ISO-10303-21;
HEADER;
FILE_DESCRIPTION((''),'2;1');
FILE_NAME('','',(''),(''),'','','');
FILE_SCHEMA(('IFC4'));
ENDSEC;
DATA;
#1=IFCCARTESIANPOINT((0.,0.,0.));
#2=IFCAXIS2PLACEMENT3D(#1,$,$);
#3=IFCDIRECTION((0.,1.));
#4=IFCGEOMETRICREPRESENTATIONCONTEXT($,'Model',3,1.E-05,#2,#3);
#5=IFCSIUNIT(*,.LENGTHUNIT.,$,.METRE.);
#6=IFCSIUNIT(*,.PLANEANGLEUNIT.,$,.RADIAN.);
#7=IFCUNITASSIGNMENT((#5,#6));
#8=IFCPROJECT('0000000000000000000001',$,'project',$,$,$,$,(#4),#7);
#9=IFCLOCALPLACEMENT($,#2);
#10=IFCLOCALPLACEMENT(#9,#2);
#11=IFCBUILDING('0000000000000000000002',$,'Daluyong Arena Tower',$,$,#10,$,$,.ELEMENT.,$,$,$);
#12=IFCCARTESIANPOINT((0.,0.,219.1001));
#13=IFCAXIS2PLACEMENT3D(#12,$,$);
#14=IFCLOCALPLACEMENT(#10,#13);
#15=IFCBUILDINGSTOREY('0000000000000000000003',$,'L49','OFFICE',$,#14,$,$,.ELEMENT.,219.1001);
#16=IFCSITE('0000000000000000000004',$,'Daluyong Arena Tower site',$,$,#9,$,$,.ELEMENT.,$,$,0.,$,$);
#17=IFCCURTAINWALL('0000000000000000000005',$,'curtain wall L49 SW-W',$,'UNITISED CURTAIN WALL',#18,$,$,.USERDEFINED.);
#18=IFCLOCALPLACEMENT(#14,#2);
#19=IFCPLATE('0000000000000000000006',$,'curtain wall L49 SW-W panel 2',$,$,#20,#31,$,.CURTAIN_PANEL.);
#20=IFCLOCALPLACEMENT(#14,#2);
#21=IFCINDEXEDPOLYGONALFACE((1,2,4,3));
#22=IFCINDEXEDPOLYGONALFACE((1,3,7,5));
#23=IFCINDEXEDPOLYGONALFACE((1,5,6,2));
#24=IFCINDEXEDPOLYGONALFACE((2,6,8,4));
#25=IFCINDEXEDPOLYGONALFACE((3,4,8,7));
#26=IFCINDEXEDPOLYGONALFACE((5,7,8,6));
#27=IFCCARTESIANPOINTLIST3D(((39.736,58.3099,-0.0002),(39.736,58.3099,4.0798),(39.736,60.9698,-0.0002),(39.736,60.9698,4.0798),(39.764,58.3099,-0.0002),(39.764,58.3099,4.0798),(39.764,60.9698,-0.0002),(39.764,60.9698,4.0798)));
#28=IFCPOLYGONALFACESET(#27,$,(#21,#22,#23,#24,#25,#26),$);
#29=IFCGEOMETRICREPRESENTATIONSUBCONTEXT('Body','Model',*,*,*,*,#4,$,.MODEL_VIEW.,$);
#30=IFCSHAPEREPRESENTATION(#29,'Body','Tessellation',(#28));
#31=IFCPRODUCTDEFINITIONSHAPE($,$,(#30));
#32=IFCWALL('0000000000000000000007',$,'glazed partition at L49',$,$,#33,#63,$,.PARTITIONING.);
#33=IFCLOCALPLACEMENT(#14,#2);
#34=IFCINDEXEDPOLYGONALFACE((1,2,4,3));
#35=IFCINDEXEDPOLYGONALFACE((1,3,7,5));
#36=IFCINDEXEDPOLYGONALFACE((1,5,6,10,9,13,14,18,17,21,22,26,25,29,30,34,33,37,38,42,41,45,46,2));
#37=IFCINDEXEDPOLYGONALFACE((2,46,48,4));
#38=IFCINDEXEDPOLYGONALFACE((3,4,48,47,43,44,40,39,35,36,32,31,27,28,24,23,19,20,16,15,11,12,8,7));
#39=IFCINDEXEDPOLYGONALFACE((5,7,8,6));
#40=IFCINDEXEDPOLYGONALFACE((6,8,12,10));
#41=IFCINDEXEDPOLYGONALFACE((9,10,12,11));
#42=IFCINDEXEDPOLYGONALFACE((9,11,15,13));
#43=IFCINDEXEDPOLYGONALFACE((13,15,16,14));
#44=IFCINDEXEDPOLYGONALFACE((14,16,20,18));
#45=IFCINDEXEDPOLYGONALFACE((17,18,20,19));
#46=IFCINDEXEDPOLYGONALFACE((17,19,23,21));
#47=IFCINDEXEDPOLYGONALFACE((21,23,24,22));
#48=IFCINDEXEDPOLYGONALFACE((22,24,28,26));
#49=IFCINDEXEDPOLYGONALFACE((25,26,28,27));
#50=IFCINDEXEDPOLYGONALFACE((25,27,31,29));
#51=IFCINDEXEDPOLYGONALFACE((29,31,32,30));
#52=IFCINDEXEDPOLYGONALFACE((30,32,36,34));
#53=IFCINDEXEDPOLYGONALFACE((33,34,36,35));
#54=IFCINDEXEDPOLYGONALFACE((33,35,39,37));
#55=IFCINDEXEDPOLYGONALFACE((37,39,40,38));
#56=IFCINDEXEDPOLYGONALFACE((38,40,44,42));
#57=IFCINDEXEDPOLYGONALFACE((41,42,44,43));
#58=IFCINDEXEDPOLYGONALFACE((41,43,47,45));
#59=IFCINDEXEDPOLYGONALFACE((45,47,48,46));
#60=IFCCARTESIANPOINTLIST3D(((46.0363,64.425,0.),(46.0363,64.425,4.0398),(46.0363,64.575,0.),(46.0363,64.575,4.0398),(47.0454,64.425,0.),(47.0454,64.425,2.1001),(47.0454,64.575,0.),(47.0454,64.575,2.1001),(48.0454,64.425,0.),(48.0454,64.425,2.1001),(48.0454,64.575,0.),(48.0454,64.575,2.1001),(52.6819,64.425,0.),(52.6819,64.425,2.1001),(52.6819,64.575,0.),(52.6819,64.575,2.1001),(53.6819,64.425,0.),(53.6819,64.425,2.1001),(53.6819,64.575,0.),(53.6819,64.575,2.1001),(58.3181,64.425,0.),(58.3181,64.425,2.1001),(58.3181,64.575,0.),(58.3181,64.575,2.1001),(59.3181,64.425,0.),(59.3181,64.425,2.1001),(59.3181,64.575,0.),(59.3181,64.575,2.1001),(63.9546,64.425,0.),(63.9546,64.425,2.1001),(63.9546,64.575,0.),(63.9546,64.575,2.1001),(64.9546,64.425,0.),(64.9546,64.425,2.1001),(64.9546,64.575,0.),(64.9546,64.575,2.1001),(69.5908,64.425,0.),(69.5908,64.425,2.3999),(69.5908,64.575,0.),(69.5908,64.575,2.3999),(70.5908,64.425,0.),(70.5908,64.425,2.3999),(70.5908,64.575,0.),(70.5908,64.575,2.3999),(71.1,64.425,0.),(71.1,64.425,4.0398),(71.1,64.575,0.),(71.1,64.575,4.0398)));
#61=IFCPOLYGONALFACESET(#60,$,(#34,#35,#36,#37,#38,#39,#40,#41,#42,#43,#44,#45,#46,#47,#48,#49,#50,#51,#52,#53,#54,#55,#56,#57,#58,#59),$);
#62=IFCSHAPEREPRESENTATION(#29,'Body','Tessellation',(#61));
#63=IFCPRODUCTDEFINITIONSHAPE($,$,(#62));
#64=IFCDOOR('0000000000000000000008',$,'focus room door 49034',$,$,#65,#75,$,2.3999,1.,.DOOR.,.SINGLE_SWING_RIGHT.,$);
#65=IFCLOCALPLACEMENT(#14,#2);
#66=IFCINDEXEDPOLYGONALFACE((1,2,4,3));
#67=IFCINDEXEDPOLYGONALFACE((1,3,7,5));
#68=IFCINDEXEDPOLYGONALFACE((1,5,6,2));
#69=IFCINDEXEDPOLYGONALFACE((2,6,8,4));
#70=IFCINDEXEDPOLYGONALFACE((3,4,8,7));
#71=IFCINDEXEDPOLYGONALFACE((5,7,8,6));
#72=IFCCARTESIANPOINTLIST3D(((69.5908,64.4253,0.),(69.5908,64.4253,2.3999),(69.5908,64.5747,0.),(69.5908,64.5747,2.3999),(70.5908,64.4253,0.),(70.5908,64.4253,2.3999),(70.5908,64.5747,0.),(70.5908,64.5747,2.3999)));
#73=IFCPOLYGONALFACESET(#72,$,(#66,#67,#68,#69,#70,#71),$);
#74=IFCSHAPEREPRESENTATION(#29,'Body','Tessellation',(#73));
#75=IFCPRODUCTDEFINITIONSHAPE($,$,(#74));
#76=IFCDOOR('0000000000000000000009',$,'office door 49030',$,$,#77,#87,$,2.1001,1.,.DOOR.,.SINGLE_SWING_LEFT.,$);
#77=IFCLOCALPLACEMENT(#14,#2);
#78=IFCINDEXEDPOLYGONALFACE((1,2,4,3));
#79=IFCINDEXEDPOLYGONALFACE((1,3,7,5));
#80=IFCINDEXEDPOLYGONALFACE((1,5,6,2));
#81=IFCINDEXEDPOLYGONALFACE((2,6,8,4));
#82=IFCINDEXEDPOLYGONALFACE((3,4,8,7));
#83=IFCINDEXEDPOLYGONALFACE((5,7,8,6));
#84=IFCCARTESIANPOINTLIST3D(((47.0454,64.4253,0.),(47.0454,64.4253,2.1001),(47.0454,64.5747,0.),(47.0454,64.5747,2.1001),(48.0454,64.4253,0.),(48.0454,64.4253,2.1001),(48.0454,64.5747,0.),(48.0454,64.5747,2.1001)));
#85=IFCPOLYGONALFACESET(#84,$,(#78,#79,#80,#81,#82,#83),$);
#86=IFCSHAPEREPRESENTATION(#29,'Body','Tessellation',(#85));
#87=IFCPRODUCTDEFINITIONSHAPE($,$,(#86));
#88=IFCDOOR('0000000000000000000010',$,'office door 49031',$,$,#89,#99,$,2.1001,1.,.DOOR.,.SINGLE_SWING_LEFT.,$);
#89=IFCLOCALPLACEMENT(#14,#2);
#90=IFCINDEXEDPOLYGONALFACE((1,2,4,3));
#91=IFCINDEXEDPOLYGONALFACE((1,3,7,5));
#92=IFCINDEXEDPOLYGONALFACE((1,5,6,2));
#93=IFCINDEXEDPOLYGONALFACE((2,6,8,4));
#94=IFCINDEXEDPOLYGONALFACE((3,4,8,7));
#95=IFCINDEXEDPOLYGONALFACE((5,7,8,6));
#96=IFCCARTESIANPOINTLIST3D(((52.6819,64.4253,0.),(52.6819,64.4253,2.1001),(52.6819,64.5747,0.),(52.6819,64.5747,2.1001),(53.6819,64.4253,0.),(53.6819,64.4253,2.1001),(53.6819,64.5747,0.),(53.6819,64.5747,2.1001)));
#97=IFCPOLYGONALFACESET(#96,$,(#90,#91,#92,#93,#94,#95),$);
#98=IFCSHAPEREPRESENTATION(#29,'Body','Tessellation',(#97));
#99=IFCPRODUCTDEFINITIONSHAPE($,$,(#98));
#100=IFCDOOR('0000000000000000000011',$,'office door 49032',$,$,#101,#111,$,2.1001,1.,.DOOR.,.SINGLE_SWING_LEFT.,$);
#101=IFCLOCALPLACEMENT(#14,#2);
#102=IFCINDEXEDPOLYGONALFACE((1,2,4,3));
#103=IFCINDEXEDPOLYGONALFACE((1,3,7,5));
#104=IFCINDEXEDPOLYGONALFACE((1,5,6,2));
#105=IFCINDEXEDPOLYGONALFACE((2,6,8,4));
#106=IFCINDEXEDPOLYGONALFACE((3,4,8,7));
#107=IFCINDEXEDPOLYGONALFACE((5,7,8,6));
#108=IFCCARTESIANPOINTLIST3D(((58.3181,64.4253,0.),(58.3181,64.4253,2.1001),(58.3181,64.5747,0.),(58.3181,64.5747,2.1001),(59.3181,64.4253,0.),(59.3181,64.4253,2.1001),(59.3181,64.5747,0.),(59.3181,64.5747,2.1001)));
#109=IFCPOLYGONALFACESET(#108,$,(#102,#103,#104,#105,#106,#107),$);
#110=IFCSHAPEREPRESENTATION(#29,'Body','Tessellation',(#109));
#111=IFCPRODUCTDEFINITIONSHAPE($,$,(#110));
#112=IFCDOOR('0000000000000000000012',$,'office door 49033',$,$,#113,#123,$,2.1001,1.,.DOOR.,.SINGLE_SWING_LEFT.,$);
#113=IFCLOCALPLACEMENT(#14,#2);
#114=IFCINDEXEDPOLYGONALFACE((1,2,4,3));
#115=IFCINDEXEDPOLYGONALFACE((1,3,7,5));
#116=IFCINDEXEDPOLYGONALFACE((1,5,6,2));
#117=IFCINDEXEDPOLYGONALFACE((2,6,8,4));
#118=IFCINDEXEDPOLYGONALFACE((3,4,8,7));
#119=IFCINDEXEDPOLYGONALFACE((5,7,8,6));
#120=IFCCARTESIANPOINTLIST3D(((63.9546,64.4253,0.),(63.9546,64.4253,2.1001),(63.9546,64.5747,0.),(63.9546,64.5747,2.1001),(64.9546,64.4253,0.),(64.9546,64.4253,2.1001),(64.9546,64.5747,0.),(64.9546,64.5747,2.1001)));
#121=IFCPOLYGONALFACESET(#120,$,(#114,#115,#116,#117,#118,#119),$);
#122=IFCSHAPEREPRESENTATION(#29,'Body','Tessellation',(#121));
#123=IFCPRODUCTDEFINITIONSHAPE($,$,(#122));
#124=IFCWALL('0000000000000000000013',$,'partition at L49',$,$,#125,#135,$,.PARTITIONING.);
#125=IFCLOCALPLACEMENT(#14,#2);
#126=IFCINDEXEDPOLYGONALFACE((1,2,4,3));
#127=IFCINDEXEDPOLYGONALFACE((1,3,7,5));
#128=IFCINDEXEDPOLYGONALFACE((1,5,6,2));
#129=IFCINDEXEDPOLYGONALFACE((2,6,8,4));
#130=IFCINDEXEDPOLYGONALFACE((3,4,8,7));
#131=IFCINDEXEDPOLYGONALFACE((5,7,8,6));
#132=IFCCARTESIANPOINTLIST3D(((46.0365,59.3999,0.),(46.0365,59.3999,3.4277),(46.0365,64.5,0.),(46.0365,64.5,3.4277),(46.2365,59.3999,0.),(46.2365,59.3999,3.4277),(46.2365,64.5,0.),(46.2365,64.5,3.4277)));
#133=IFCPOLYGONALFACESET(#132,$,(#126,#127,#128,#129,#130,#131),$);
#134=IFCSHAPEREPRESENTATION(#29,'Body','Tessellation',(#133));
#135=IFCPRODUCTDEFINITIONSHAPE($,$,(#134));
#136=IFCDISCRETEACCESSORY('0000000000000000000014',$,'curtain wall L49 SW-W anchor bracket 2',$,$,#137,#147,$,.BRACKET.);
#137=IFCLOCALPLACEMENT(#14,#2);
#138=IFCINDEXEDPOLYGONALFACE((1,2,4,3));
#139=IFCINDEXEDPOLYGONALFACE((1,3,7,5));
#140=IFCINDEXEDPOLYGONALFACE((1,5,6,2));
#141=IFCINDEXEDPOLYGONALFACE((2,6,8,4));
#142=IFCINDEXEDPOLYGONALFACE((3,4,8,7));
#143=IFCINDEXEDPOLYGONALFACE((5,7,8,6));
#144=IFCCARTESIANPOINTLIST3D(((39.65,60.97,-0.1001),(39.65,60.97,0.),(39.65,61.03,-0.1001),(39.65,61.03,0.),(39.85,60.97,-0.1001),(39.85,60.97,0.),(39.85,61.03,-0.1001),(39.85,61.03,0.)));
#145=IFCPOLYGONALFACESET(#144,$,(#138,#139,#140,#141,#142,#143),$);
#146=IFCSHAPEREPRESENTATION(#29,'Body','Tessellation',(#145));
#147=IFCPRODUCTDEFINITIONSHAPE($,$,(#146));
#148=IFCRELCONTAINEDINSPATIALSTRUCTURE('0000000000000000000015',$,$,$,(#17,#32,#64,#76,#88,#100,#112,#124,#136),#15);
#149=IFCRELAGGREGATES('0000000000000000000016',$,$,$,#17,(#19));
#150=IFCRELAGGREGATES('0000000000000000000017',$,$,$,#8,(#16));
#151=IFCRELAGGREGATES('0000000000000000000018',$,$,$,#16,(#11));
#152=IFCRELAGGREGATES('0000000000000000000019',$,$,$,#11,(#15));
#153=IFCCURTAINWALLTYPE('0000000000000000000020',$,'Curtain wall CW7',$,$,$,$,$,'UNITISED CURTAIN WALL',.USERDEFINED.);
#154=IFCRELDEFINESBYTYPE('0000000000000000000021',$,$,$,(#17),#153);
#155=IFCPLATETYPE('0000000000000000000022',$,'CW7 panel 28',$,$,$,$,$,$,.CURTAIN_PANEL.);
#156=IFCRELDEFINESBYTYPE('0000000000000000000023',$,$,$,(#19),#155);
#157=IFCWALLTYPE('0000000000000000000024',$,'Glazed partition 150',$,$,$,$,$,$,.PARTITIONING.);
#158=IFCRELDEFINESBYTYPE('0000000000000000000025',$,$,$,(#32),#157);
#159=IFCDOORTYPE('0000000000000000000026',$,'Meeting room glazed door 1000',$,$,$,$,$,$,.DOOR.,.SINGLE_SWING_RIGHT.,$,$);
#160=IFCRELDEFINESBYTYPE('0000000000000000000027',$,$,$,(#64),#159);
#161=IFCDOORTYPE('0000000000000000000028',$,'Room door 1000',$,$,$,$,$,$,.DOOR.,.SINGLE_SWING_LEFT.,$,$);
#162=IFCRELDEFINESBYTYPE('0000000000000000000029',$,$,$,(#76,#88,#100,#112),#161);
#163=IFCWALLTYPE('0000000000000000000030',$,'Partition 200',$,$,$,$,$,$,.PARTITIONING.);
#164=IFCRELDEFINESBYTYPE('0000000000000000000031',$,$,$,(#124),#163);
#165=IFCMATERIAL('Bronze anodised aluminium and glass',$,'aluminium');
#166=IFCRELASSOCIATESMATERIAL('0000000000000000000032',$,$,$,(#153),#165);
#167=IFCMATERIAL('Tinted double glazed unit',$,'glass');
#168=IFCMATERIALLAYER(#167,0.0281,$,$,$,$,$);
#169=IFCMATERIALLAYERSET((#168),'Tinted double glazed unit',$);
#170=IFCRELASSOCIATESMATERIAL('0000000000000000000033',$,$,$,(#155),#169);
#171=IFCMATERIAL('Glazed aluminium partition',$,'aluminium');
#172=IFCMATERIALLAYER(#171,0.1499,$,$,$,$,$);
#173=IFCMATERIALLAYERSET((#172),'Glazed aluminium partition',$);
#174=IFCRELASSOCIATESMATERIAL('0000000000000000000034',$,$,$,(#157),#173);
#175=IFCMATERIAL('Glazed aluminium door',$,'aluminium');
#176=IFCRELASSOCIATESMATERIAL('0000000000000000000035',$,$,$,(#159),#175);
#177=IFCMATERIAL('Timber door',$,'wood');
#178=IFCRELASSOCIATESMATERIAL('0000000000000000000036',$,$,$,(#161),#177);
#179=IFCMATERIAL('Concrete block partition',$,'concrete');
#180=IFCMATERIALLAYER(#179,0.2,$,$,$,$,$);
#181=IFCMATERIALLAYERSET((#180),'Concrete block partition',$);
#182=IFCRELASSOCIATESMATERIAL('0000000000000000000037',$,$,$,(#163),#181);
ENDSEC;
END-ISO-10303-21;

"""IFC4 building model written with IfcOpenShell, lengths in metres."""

from ifc_helpers import new_model, si_unit, direction, frame, frame_2d, origin, origin_2d, place, context, subcontext, project, spatial, rectangle, extrude, material, layer, layer_set, type_object, element, fill, aggregate, save


model = new_model("IFC4")

# Units and contexts
model_context = context("Model", 3, precision=1e-05, world=origin(), true_north=direction((0.0, 1.0)))
body_context = subcontext(model_context, "Body", "Model", "MODEL_VIEW")
ifc_project = project(units=[si_unit("LENGTHUNIT", "METRE"), si_unit("PLANEANGLEUNIT", "RADIAN")], contexts=[model_context])

# Site, building, storey
site_placement = place(None, origin())
site = spatial("IfcSite", under=ifc_project, at=site_placement, Name="Daluyong Arena Tower site", CompositionType="ELEMENT", RefElevation=0.0)
building_placement = place(site_placement, origin())
building = spatial("IfcBuilding", under=site, at=building_placement, Name="Daluyong Arena Tower", CompositionType="ELEMENT")
storey_placement = place(building_placement, frame((0.0, 0.0, 219.1001)))
storey = spatial("IfcBuildingStorey", under=building, at=storey_placement, Name="L49", Description="OFFICE", CompositionType="ELEMENT", Elevation=219.1001)

# Shared definitions
ifc_material_1 = material(Name="Bronze anodised aluminium and glass", Category="aluminium")
curtain_wall_type = type_object("IfcCurtainWallType", Name="Curtain wall CW7", ElementType="UNITISED CURTAIN WALL", PredefinedType="USERDEFINED", material=ifc_material_1)

# Curtain wall
curtain_wall_1_placement = place(storey_placement, origin())
curtain_wall_1 = element("IfcCurtainWall", 1, at=curtain_wall_1_placement, inside=storey, type_object=curtain_wall_type, Name="curtain wall L49 SW-W", ObjectType="UNITISED CURTAIN WALL", PredefinedType="USERDEFINED")

# Plate
ifc_material_2 = material(Name="Tinted double glazed unit", Category="glass")
ifc_layer_1 = layer(ifc_material_2, 0.0281)
ifc_layer_set_1 = layer_set([ifc_layer_1], Name="Tinted double glazed unit")
plate_type = type_object("IfcPlateType", Name="CW7 panel 28", PredefinedType="CURTAIN_PANEL", material=ifc_layer_set_1)
plate_1_placement = place(storey_placement, frame((39.75, 59.6399, -0.0002), z_axis=(0.0, 0.0, 1.0), x_axis=(0.0, -1.0, 0.0)))
plate_1 = element("IfcPlate", 2, at=plate_1_placement, type_object=plate_type, Name="curtain wall L49 SW-W panel 2", PredefinedType="CURTAIN_PANEL", context=body_context, shape_type="SweptSolid", body=[
    extrude(rectangle(XDim=2.6599, YDim=0.0281, at=origin_2d()), origin(), (0.0, 0.0, 1.0), 4.0801),
])
aggregate(curtain_wall_1, [plate_1])

# Shared definitions
ifc_material_3 = material(Name="Glazed aluminium partition", Category="aluminium")
ifc_layer_2 = layer(ifc_material_3, 0.1499)
ifc_layer_set_2 = layer_set([ifc_layer_2], Name="Glazed aluminium partition")
wall_type_1 = type_object("IfcWallType", Name="Glazed partition 150", PredefinedType="PARTITIONING", material=ifc_layer_set_2)
ifc_material_4 = material(Name="Glazed aluminium door", Category="aluminium")
door_type_1 = type_object("IfcDoorType", Name="Meeting room glazed door 1000", OperationType="SINGLE_SWING_RIGHT", PredefinedType="DOOR", material=ifc_material_4)

# Wall, openings, doors
wall_1_placement = place(storey_placement, frame((46.0364, 64.5, 0.0), z_axis=(0.0, 0.0, 1.0), x_axis=(1.0, 0.0, 0.0)))
wall_1 = element("IfcWall", 3, at=wall_1_placement, inside=storey, type_object=wall_type_1, Name="glazed partition at L49", PredefinedType="PARTITIONING", context=body_context, shape_type="SweptSolid", body=[
    extrude(rectangle(XDim=25.0637, YDim=0.1499, at=frame_2d((12.5317, 0.0))), origin(), (0.0, 0.0, 1.0), 4.0398),
])
opening_1_placement = place(wall_1_placement, frame((1.009, 0.0, 0.0)))
opening_1 = element("IfcOpeningElement", 4, at=opening_1_placement, cuts=wall_1, PredefinedType="OPENING", context=body_context, shape_type="SweptSolid", body=[
    extrude(rectangle(XDim=1.0, YDim=2.1001, at=frame_2d((0.5, 1.05))), frame((0.0, 0.085, 0.0), z_axis=(0.0, -1.0, 0.0), x_axis=(1.0, 0.0, 0.0)), (0.0, 0.0, 1.0), 0.1699),
])
opening_2_placement = place(wall_1_placement, frame((6.6455, 0.0, 0.0)))
opening_2 = element("IfcOpeningElement", 5, at=opening_2_placement, cuts=wall_1, PredefinedType="OPENING", context=body_context, shape_type="SweptSolid", body=[
    extrude(rectangle(XDim=1.0, YDim=2.1001, at=frame_2d((0.5, 1.05))), frame((0.0, 0.085, 0.0), z_axis=(0.0, -1.0, 0.0), x_axis=(1.0, 0.0, 0.0)), (0.0, 0.0, 1.0), 0.1699),
])
opening_3_placement = place(wall_1_placement, frame((12.2817, 0.0, 0.0)))
opening_3 = element("IfcOpeningElement", 6, at=opening_3_placement, cuts=wall_1, PredefinedType="OPENING", context=body_context, shape_type="SweptSolid", body=[
    extrude(rectangle(XDim=1.0, YDim=2.1001, at=frame_2d((0.5, 1.05))), frame((0.0, 0.085, 0.0), z_axis=(0.0, -1.0, 0.0), x_axis=(1.0, 0.0, 0.0)), (0.0, 0.0, 1.0), 0.1699),
])
opening_4_placement = place(wall_1_placement, frame((17.9182, 0.0, 0.0)))
opening_4 = element("IfcOpeningElement", 7, at=opening_4_placement, cuts=wall_1, PredefinedType="OPENING", context=body_context, shape_type="SweptSolid", body=[
    extrude(rectangle(XDim=1.0, YDim=2.1001, at=frame_2d((0.5, 1.05))), frame((0.0, 0.085, 0.0), z_axis=(0.0, -1.0, 0.0), x_axis=(1.0, 0.0, 0.0)), (0.0, 0.0, 1.0), 0.1699),
])
opening_5_placement = place(wall_1_placement, frame((23.5544, 0.0, 0.0)))
opening_5 = element("IfcOpeningElement", 8, at=opening_5_placement, cuts=wall_1, PredefinedType="OPENING", context=body_context, shape_type="SweptSolid", body=[
    extrude(rectangle(XDim=1.0, YDim=2.3999, at=frame_2d((0.5, 1.2))), frame((0.0, 0.085, 0.0), z_axis=(0.0, -1.0, 0.0), x_axis=(1.0, 0.0, 0.0)), (0.0, 0.0, 1.0), 0.1699),
])
door_1_placement = place(opening_5_placement, origin())
door_1 = element("IfcDoor", 9, at=door_1_placement, inside=storey, type_object=door_type_1, Name="focus room door 49034", OperationType="SINGLE_SWING_RIGHT", OverallHeight=2.3999, OverallWidth=1.0, PredefinedType="DOOR", context=body_context, shape_type="SweptSolid", body=[
    extrude(rectangle(XDim=1.0, YDim=2.3999, at=frame_2d((0.5, 1.2))), frame((0.0, 0.0747, 0.0), z_axis=(0.0, -1.0, 0.0), x_axis=(1.0, 0.0, 0.0)), (0.0, 0.0, 1.0), 0.1494),
])
fill(opening_5, door_1)
ifc_material_5 = material(Name="Timber door", Category="wood")
door_type_2 = type_object("IfcDoorType", Name="Room door 1000", OperationType="SINGLE_SWING_LEFT", PredefinedType="DOOR", material=ifc_material_5)
door_2_placement = place(opening_1_placement, origin())
door_2 = element("IfcDoor", 10, at=door_2_placement, inside=storey, type_object=door_type_2, Name="office door 49030", OperationType="SINGLE_SWING_LEFT", OverallHeight=2.1001, OverallWidth=1.0, PredefinedType="DOOR", context=body_context, shape_type="SweptSolid", body=[
    extrude(rectangle(XDim=1.0, YDim=2.1001, at=frame_2d((0.5, 1.05))), frame((0.0, 0.0747, 0.0), z_axis=(0.0, -1.0, 0.0), x_axis=(1.0, 0.0, 0.0)), (0.0, 0.0, 1.0), 0.1494),
])
fill(opening_1, door_2)
door_3_placement = place(opening_2_placement, origin())
door_3 = element("IfcDoor", 11, at=door_3_placement, inside=storey, type_object=door_type_2, Name="office door 49031", OperationType="SINGLE_SWING_LEFT", OverallHeight=2.1001, OverallWidth=1.0, PredefinedType="DOOR", context=body_context, shape_type="SweptSolid", body=[
    extrude(rectangle(XDim=1.0, YDim=2.1001, at=frame_2d((0.5, 1.05))), frame((0.0, 0.0747, 0.0), z_axis=(0.0, -1.0, 0.0), x_axis=(1.0, 0.0, 0.0)), (0.0, 0.0, 1.0), 0.1494),
])
fill(opening_2, door_3)
door_4_placement = place(opening_3_placement, origin())
door_4 = element("IfcDoor", 12, at=door_4_placement, inside=storey, type_object=door_type_2, Name="office door 49032", OperationType="SINGLE_SWING_LEFT", OverallHeight=2.1001, OverallWidth=1.0, PredefinedType="DOOR", context=body_context, shape_type="SweptSolid", body=[
    extrude(rectangle(XDim=1.0, YDim=2.1001, at=frame_2d((0.5, 1.05))), frame((0.0, 0.0747, 0.0), z_axis=(0.0, -1.0, 0.0), x_axis=(1.0, 0.0, 0.0)), (0.0, 0.0, 1.0), 0.1494),
])
fill(opening_3, door_4)
door_5_placement = place(opening_4_placement, origin())
door_5 = element("IfcDoor", 13, at=door_5_placement, inside=storey, type_object=door_type_2, Name="office door 49033", OperationType="SINGLE_SWING_LEFT", OverallHeight=2.1001, OverallWidth=1.0, PredefinedType="DOOR", context=body_context, shape_type="SweptSolid", body=[
    extrude(rectangle(XDim=1.0, YDim=2.1001, at=frame_2d((0.5, 1.05))), frame((0.0, 0.0747, 0.0), z_axis=(0.0, -1.0, 0.0), x_axis=(1.0, 0.0, 0.0)), (0.0, 0.0, 1.0), 0.1494),
])
fill(opening_4, door_5)

# Wall
ifc_material_6 = material(Name="Concrete block partition", Category="concrete")
ifc_layer_3 = layer(ifc_material_6, 0.2)
ifc_layer_set_3 = layer_set([ifc_layer_3], Name="Concrete block partition")
wall_type_2 = type_object("IfcWallType", Name="Partition 200", PredefinedType="PARTITIONING", material=ifc_layer_set_3)
wall_2_placement = place(storey_placement, frame((46.1365, 59.3999, 0.0), z_axis=(0.0, 0.0, 1.0), x_axis=(0.0, 1.0, 0.0)))
element("IfcWall", 14, at=wall_2_placement, inside=storey, type_object=wall_type_2, Name="partition at L49", PredefinedType="PARTITIONING", context=body_context, shape_type="SweptSolid", body=[
    extrude(rectangle(XDim=5.1001, YDim=0.2, at=frame_2d((2.55, 0.0))), origin(), (0.0, 0.0, 1.0), 3.4277),
])

# Discrete accessory
discrete_accessory_placement = place(storey_placement, frame((39.75, 61.0, -0.1001), z_axis=(0.0, 0.0, 1.0), x_axis=(0.0, -1.0, 0.0)))
element("IfcDiscreteAccessory", 15, at=discrete_accessory_placement, inside=storey, Name="curtain wall L49 SW-W anchor bracket 2", PredefinedType="BRACKET", context=body_context, shape_type="SweptSolid", body=[
    extrude(rectangle(XDim=0.0601, YDim=0.2, at=origin_2d()), origin(), (0.0, 0.0, 1.0), 0.1001),
])

save(model, "model.ifc")
